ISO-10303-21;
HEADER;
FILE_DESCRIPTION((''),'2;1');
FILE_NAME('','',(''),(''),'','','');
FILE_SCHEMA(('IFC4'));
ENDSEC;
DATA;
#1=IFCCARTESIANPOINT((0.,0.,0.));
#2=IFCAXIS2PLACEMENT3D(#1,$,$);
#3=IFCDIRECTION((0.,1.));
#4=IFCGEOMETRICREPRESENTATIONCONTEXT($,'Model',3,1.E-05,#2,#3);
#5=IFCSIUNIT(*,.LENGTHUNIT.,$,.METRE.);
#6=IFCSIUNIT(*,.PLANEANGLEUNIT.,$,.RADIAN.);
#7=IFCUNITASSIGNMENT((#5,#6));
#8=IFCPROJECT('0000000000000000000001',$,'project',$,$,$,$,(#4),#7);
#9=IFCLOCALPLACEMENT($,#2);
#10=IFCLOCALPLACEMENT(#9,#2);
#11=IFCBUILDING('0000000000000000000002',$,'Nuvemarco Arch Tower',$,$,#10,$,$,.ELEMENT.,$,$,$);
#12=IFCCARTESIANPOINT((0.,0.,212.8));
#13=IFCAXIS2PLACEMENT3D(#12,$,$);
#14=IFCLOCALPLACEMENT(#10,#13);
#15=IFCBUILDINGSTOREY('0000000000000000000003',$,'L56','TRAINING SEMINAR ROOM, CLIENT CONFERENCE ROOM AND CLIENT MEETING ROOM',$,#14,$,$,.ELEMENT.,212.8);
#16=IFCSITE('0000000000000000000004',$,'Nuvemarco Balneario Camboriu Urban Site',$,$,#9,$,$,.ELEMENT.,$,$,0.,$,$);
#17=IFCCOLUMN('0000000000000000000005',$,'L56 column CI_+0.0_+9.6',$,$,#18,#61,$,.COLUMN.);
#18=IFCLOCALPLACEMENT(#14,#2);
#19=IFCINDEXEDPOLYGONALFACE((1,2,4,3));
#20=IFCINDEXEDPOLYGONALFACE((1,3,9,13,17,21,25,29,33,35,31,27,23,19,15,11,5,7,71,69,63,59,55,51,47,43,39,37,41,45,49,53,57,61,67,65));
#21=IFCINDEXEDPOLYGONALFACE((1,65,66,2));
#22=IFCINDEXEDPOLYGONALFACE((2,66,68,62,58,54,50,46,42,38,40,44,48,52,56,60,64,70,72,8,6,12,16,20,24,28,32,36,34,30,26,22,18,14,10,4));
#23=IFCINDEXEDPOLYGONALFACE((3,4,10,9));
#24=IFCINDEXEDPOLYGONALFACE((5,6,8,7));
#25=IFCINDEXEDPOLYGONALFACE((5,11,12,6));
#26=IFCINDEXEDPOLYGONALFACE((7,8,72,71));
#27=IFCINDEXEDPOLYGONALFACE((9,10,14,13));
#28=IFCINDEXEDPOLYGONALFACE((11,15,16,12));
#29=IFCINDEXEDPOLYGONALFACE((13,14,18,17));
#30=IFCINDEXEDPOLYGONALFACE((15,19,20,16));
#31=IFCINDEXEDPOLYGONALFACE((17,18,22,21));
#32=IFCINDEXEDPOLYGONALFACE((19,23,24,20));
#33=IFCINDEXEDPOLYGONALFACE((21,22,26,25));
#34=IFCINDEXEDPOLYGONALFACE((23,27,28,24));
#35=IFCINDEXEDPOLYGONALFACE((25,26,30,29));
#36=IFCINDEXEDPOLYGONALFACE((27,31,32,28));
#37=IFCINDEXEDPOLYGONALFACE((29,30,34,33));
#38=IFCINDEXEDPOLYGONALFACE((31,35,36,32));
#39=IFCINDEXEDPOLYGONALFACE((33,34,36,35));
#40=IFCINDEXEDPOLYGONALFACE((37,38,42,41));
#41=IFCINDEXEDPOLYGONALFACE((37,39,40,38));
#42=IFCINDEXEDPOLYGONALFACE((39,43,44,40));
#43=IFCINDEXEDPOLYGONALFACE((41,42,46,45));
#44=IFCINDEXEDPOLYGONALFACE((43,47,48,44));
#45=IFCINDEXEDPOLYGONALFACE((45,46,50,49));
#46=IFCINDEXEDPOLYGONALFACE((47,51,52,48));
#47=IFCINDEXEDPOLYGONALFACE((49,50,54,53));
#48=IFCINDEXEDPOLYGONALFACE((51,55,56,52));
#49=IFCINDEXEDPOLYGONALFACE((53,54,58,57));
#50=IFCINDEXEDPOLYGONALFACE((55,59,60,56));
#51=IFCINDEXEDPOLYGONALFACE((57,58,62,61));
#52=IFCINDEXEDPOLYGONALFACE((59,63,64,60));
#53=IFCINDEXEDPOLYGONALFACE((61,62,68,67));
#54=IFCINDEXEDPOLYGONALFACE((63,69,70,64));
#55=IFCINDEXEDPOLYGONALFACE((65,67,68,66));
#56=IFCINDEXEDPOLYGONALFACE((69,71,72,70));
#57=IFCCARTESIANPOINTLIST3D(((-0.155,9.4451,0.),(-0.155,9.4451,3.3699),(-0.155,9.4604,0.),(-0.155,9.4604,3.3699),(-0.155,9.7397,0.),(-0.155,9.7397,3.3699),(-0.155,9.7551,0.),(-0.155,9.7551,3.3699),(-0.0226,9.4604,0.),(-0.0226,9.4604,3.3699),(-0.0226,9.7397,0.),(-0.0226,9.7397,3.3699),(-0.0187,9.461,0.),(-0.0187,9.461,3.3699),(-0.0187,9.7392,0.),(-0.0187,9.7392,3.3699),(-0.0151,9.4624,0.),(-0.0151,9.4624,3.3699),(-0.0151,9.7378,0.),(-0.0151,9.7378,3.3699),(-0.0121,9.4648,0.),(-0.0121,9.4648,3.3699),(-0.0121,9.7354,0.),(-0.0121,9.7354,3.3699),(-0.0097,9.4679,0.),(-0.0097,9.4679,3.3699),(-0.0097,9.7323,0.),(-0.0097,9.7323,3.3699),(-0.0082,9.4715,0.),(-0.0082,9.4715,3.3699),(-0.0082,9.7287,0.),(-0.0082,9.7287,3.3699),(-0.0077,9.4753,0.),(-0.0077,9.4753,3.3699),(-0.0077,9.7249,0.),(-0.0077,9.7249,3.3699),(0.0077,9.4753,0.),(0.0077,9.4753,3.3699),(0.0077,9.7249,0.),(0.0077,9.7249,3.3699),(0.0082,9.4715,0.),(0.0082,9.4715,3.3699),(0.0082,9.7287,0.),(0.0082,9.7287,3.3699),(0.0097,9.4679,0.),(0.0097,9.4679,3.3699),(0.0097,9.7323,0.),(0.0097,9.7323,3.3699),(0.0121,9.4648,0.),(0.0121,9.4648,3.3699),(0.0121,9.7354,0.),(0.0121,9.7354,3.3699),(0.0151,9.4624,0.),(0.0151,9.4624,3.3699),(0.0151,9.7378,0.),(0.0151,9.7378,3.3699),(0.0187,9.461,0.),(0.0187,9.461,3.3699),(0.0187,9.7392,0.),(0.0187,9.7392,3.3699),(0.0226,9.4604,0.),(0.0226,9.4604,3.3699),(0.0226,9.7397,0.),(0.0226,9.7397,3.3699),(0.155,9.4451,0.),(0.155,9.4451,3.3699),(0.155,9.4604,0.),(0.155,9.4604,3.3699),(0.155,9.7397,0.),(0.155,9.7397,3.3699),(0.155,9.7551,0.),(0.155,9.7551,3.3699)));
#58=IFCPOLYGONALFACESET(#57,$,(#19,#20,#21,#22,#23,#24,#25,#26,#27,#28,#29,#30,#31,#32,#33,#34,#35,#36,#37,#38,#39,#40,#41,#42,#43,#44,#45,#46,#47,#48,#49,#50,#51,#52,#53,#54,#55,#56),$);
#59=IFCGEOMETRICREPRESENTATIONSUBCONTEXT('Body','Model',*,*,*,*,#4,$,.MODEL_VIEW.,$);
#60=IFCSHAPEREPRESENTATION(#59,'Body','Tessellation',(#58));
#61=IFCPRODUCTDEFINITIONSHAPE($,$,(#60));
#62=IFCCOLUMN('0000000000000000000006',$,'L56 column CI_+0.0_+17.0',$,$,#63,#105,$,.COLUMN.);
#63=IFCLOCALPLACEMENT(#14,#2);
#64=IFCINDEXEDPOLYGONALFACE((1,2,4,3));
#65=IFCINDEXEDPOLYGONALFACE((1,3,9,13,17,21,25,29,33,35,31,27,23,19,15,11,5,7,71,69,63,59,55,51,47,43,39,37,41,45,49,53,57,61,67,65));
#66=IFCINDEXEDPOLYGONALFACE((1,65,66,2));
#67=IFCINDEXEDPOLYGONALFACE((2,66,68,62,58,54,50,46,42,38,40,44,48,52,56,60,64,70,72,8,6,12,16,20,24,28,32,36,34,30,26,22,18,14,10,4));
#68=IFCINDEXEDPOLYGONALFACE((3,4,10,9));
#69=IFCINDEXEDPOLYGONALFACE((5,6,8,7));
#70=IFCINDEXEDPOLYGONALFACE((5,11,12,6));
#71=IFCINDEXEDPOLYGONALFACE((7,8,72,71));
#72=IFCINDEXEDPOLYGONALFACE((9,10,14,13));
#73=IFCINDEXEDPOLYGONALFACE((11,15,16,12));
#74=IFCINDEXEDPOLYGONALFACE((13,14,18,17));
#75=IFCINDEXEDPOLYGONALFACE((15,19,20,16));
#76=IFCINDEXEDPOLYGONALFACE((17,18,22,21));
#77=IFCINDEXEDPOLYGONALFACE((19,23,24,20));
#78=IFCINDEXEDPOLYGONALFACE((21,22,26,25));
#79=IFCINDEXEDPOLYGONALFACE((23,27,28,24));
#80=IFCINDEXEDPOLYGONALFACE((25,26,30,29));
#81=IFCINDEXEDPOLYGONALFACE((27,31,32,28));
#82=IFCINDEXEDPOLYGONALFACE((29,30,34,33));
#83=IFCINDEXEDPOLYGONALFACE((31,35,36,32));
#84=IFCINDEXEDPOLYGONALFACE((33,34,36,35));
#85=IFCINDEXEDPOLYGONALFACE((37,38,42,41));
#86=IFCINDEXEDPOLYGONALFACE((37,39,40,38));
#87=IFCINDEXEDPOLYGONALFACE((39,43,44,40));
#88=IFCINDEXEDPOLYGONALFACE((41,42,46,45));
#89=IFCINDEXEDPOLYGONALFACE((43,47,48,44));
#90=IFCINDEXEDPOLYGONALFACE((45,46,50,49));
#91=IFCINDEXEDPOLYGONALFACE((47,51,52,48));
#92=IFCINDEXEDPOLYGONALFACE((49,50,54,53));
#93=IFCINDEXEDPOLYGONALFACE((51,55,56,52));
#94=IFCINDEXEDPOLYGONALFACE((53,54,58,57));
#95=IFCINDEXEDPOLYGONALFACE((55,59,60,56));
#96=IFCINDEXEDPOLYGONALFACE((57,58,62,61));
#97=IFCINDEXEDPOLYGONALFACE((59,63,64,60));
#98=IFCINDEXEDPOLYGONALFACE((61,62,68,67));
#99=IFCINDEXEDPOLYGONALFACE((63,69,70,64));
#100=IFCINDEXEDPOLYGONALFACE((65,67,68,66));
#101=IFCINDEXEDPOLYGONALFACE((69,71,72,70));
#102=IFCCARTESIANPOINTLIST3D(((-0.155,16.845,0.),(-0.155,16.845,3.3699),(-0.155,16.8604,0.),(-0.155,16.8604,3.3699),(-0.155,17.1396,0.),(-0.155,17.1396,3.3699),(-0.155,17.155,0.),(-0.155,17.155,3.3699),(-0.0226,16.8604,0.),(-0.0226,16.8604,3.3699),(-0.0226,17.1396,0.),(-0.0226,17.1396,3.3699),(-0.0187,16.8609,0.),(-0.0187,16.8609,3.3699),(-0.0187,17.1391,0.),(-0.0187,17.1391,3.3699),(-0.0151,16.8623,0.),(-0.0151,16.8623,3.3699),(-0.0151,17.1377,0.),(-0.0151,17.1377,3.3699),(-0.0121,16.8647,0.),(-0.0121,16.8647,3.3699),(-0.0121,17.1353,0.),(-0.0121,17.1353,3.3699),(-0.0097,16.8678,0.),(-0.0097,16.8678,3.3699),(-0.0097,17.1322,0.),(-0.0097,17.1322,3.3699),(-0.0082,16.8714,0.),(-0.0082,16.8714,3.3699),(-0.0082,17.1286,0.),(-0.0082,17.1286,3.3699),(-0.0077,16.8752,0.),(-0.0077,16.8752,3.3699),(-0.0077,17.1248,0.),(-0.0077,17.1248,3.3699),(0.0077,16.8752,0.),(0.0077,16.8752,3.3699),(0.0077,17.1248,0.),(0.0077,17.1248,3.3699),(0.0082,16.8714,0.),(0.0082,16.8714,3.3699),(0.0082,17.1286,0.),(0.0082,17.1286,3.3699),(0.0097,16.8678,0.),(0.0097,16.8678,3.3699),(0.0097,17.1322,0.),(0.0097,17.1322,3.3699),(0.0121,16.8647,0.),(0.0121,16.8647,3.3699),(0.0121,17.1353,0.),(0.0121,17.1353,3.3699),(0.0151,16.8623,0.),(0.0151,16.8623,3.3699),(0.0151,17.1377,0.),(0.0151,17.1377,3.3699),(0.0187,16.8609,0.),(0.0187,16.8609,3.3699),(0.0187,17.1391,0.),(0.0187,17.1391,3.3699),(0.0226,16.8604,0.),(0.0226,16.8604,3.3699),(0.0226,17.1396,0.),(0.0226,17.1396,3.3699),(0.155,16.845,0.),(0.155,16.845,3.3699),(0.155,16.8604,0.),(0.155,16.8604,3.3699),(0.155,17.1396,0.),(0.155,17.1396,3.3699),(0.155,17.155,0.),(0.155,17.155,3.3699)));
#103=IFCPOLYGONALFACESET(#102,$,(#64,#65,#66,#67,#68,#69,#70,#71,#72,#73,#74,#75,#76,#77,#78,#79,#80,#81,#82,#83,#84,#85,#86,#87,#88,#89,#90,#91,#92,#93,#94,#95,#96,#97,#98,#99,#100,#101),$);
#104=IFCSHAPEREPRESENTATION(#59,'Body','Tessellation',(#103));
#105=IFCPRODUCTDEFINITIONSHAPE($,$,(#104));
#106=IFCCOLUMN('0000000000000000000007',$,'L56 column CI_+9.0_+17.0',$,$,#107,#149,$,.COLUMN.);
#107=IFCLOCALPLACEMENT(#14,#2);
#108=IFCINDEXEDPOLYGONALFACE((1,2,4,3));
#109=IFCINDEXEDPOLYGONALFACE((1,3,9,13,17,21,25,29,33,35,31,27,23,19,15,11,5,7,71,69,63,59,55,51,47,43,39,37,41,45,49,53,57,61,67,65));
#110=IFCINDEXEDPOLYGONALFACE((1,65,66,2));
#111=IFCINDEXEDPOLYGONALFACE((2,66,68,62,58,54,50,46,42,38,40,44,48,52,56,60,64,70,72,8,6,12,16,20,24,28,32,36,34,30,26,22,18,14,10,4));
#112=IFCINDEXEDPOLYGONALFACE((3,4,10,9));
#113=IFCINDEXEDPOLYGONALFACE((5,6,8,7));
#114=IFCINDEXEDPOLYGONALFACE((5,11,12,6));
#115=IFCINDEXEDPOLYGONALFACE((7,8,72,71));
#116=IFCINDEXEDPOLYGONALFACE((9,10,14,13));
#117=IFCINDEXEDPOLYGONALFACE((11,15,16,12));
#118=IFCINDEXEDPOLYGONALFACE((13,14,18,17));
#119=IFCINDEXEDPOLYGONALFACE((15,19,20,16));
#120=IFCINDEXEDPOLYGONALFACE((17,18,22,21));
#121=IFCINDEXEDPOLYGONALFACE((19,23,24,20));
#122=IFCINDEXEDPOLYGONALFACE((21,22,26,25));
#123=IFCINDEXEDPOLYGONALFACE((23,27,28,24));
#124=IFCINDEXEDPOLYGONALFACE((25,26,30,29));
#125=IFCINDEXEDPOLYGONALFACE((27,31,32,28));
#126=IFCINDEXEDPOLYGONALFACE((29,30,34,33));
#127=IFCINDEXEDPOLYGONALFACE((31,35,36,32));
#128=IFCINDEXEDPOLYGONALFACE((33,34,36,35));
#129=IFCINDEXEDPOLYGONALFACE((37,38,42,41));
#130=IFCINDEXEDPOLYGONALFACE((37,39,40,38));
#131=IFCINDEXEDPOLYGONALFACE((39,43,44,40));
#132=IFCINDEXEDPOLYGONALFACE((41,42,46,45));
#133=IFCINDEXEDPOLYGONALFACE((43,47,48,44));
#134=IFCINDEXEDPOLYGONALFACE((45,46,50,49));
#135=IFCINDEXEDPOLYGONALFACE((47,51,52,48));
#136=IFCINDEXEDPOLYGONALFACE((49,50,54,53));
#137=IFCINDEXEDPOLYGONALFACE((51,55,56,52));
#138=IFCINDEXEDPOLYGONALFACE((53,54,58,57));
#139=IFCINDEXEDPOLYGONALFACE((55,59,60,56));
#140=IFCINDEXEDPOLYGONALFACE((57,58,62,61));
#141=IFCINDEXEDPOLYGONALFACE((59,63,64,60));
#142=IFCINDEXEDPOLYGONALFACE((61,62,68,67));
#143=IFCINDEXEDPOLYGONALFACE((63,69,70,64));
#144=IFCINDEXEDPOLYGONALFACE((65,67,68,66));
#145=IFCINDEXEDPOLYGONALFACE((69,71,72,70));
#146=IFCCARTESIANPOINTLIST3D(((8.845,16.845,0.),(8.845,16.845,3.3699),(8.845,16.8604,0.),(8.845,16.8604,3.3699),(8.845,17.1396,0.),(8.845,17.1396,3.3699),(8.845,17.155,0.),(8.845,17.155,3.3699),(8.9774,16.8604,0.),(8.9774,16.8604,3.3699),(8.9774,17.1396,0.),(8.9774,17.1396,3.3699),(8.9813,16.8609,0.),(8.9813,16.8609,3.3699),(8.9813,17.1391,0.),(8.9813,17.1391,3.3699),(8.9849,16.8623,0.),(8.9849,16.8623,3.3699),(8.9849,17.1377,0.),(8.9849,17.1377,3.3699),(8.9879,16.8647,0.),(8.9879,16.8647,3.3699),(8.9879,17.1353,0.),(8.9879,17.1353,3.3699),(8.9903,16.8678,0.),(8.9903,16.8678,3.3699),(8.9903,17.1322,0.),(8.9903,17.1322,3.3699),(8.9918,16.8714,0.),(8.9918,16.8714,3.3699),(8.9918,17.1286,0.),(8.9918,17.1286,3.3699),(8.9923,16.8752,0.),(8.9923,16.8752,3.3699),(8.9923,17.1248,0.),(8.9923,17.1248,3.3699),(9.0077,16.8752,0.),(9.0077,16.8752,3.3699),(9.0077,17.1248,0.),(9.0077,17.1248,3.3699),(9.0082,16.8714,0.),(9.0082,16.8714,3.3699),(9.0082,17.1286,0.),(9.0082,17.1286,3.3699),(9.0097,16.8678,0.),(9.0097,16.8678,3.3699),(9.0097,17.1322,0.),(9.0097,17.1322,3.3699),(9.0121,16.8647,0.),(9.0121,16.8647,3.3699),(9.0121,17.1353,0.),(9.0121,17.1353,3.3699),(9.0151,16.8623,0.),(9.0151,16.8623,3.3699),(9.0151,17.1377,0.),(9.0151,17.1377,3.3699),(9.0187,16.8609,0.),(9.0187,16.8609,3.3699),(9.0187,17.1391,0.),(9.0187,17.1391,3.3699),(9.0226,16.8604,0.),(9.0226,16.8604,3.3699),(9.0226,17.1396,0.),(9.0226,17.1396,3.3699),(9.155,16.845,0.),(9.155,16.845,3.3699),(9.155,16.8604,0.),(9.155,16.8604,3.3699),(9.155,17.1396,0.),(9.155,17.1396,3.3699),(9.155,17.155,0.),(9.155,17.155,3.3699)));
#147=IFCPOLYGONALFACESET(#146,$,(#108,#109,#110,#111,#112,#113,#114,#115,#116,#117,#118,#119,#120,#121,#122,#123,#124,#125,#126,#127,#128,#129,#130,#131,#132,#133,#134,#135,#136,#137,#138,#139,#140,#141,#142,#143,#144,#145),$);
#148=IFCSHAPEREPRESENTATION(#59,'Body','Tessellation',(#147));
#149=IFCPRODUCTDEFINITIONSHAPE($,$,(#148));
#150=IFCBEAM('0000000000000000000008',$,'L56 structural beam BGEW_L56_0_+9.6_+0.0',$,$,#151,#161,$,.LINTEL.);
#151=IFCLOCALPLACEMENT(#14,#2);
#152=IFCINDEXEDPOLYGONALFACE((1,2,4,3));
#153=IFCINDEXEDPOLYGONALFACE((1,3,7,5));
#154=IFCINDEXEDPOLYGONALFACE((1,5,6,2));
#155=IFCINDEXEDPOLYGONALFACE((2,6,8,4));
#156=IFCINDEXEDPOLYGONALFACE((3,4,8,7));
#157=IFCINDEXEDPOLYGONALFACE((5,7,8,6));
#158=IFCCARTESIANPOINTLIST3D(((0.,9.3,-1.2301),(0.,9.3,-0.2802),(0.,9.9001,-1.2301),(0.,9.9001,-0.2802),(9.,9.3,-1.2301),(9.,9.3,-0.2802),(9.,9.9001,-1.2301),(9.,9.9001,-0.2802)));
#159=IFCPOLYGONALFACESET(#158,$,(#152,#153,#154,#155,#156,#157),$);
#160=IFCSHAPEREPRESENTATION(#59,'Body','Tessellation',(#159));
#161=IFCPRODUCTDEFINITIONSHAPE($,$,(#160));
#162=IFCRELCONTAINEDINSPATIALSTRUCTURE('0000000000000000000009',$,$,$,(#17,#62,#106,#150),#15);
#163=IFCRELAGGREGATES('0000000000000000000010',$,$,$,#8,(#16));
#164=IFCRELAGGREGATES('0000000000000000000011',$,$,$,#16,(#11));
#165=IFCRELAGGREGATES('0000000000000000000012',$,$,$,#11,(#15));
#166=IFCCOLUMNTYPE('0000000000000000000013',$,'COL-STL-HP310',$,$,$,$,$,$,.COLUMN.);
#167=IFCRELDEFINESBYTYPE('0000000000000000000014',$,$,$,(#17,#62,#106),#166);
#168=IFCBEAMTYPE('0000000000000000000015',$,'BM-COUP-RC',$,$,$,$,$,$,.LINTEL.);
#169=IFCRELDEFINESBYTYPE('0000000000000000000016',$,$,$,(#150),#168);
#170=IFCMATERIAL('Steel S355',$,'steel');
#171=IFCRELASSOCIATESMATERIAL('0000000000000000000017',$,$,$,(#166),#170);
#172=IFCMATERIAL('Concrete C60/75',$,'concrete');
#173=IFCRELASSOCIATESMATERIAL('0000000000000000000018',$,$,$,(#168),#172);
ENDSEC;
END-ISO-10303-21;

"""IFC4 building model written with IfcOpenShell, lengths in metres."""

from ifc_helpers import new_model, si_unit, direction, frame, origin, origin_2d, place, context, subcontext, project, spatial, rectangle, i_section, extrude, material, material_profile, profile_set, type_object, element, save


model = new_model("IFC4")

# Units and contexts
model_context = context("Model", 3, precision=1e-05, world=origin(), true_north=direction((0.0, 1.0)))
body_context = subcontext(model_context, "Body", "Model", "MODEL_VIEW")
ifc_project = project(units=[si_unit("LENGTHUNIT", "METRE"), si_unit("PLANEANGLEUNIT", "RADIAN")], contexts=[model_context])

# Site, building, storey
site_placement = place(None, origin())
site = spatial("IfcSite", under=ifc_project, at=site_placement, Name="Nuvemarco Balneario Camboriu Urban Site", CompositionType="ELEMENT", RefElevation=0.0)
building_placement = place(site_placement, origin())
building = spatial("IfcBuilding", under=site, at=building_placement, Name="Nuvemarco Arch Tower", CompositionType="ELEMENT")
storey_placement = place(building_placement, frame((0.0, 0.0, 212.8)))
storey = spatial("IfcBuildingStorey", under=building, at=storey_placement, Name="L56", Description="TRAINING SEMINAR ROOM, CLIENT CONFERENCE ROOM AND CLIENT MEETING ROOM", CompositionType="ELEMENT", Elevation=212.8)

# Columns
ifc_material_1 = material(Name="Steel S355", Category="steel")
ifc_material_profile_1 = material_profile(ifc_material_1, i_section(OverallWidth=0.3101, OverallDepth=0.3101, WebThickness=0.0154, FlangeThickness=0.0154, FilletRadius=0.0149, at=origin_2d()), Name="HP310x110")
ifc_profile_set_1 = profile_set([ifc_material_profile_1], Name="Steel S355")
column_type_1 = type_object("IfcColumnType", Name="COL-STL-HP310", PredefinedType="COLUMN", material=ifc_profile_set_1)
for number, where, z_axis, x_axis, name in (
    (1, (0.0, 9.6001, 0.0), (0.0, 0.0, 1.0), (1.0, 0.0, 0.0), "L56 column CI_+0.0_+9.6"),
    (2, (0.0, 17.0, 0.0), (0.0, 0.0, 1.0), (1.0, 0.0, 0.0), "L56 column CI_+0.0_+17.0"),
    (3, (9.0, 17.0, 0.0), (0.0, 0.0, 1.0), (1.0, 0.0, 0.0), "L56 column CI_+9.0_+17.0"),
):
    element("IfcColumn", number, at=place(storey_placement, frame(where, z_axis=z_axis, x_axis=x_axis)), inside=storey, type_object=column_type_1, Name=name, PredefinedType="COLUMN", context=body_context, shape_type="SweptSolid", body=[
        extrude(i_section(OverallWidth=0.3101, OverallDepth=0.3101, WebThickness=0.0154, FlangeThickness=0.0154, FilletRadius=0.0149, at=origin_2d()), origin(), (0.0, 0.0, 1.0), 3.3699),
    ])

# Beam
ifc_material_2 = material(Name="Concrete C60/75", Category="concrete")
ifc_material_profile_2 = material_profile(ifc_material_2, rectangle(XDim=0.6001, YDim=0.95, at=origin_2d()), Name="RC-BM-600x950")
ifc_profile_set_2 = profile_set([ifc_material_profile_2], Name="Concrete C60/75")
beam_type_1 = type_object("IfcBeamType", Name="BM-COUP-RC", PredefinedType="LINTEL", material=ifc_profile_set_2)
beam_1_placement = place(storey_placement, frame((0.0, 9.6001, -0.7551), z_axis=(1.0, 0.0, 0.0), x_axis=(0.0, 1.0, 0.0)))
element("IfcBeam", 4, at=beam_1_placement, inside=storey, type_object=beam_type_1, Name="L56 structural beam BGEW_L56_0_+9.6_+0.0", PredefinedType="LINTEL", context=body_context, shape_type="SweptSolid", body=[
    extrude(rectangle(XDim=0.6001, YDim=0.95, at=origin_2d()), origin(), (0.0, 0.0, 1.0), 9.0),
])

save(model, "model.ifc")
